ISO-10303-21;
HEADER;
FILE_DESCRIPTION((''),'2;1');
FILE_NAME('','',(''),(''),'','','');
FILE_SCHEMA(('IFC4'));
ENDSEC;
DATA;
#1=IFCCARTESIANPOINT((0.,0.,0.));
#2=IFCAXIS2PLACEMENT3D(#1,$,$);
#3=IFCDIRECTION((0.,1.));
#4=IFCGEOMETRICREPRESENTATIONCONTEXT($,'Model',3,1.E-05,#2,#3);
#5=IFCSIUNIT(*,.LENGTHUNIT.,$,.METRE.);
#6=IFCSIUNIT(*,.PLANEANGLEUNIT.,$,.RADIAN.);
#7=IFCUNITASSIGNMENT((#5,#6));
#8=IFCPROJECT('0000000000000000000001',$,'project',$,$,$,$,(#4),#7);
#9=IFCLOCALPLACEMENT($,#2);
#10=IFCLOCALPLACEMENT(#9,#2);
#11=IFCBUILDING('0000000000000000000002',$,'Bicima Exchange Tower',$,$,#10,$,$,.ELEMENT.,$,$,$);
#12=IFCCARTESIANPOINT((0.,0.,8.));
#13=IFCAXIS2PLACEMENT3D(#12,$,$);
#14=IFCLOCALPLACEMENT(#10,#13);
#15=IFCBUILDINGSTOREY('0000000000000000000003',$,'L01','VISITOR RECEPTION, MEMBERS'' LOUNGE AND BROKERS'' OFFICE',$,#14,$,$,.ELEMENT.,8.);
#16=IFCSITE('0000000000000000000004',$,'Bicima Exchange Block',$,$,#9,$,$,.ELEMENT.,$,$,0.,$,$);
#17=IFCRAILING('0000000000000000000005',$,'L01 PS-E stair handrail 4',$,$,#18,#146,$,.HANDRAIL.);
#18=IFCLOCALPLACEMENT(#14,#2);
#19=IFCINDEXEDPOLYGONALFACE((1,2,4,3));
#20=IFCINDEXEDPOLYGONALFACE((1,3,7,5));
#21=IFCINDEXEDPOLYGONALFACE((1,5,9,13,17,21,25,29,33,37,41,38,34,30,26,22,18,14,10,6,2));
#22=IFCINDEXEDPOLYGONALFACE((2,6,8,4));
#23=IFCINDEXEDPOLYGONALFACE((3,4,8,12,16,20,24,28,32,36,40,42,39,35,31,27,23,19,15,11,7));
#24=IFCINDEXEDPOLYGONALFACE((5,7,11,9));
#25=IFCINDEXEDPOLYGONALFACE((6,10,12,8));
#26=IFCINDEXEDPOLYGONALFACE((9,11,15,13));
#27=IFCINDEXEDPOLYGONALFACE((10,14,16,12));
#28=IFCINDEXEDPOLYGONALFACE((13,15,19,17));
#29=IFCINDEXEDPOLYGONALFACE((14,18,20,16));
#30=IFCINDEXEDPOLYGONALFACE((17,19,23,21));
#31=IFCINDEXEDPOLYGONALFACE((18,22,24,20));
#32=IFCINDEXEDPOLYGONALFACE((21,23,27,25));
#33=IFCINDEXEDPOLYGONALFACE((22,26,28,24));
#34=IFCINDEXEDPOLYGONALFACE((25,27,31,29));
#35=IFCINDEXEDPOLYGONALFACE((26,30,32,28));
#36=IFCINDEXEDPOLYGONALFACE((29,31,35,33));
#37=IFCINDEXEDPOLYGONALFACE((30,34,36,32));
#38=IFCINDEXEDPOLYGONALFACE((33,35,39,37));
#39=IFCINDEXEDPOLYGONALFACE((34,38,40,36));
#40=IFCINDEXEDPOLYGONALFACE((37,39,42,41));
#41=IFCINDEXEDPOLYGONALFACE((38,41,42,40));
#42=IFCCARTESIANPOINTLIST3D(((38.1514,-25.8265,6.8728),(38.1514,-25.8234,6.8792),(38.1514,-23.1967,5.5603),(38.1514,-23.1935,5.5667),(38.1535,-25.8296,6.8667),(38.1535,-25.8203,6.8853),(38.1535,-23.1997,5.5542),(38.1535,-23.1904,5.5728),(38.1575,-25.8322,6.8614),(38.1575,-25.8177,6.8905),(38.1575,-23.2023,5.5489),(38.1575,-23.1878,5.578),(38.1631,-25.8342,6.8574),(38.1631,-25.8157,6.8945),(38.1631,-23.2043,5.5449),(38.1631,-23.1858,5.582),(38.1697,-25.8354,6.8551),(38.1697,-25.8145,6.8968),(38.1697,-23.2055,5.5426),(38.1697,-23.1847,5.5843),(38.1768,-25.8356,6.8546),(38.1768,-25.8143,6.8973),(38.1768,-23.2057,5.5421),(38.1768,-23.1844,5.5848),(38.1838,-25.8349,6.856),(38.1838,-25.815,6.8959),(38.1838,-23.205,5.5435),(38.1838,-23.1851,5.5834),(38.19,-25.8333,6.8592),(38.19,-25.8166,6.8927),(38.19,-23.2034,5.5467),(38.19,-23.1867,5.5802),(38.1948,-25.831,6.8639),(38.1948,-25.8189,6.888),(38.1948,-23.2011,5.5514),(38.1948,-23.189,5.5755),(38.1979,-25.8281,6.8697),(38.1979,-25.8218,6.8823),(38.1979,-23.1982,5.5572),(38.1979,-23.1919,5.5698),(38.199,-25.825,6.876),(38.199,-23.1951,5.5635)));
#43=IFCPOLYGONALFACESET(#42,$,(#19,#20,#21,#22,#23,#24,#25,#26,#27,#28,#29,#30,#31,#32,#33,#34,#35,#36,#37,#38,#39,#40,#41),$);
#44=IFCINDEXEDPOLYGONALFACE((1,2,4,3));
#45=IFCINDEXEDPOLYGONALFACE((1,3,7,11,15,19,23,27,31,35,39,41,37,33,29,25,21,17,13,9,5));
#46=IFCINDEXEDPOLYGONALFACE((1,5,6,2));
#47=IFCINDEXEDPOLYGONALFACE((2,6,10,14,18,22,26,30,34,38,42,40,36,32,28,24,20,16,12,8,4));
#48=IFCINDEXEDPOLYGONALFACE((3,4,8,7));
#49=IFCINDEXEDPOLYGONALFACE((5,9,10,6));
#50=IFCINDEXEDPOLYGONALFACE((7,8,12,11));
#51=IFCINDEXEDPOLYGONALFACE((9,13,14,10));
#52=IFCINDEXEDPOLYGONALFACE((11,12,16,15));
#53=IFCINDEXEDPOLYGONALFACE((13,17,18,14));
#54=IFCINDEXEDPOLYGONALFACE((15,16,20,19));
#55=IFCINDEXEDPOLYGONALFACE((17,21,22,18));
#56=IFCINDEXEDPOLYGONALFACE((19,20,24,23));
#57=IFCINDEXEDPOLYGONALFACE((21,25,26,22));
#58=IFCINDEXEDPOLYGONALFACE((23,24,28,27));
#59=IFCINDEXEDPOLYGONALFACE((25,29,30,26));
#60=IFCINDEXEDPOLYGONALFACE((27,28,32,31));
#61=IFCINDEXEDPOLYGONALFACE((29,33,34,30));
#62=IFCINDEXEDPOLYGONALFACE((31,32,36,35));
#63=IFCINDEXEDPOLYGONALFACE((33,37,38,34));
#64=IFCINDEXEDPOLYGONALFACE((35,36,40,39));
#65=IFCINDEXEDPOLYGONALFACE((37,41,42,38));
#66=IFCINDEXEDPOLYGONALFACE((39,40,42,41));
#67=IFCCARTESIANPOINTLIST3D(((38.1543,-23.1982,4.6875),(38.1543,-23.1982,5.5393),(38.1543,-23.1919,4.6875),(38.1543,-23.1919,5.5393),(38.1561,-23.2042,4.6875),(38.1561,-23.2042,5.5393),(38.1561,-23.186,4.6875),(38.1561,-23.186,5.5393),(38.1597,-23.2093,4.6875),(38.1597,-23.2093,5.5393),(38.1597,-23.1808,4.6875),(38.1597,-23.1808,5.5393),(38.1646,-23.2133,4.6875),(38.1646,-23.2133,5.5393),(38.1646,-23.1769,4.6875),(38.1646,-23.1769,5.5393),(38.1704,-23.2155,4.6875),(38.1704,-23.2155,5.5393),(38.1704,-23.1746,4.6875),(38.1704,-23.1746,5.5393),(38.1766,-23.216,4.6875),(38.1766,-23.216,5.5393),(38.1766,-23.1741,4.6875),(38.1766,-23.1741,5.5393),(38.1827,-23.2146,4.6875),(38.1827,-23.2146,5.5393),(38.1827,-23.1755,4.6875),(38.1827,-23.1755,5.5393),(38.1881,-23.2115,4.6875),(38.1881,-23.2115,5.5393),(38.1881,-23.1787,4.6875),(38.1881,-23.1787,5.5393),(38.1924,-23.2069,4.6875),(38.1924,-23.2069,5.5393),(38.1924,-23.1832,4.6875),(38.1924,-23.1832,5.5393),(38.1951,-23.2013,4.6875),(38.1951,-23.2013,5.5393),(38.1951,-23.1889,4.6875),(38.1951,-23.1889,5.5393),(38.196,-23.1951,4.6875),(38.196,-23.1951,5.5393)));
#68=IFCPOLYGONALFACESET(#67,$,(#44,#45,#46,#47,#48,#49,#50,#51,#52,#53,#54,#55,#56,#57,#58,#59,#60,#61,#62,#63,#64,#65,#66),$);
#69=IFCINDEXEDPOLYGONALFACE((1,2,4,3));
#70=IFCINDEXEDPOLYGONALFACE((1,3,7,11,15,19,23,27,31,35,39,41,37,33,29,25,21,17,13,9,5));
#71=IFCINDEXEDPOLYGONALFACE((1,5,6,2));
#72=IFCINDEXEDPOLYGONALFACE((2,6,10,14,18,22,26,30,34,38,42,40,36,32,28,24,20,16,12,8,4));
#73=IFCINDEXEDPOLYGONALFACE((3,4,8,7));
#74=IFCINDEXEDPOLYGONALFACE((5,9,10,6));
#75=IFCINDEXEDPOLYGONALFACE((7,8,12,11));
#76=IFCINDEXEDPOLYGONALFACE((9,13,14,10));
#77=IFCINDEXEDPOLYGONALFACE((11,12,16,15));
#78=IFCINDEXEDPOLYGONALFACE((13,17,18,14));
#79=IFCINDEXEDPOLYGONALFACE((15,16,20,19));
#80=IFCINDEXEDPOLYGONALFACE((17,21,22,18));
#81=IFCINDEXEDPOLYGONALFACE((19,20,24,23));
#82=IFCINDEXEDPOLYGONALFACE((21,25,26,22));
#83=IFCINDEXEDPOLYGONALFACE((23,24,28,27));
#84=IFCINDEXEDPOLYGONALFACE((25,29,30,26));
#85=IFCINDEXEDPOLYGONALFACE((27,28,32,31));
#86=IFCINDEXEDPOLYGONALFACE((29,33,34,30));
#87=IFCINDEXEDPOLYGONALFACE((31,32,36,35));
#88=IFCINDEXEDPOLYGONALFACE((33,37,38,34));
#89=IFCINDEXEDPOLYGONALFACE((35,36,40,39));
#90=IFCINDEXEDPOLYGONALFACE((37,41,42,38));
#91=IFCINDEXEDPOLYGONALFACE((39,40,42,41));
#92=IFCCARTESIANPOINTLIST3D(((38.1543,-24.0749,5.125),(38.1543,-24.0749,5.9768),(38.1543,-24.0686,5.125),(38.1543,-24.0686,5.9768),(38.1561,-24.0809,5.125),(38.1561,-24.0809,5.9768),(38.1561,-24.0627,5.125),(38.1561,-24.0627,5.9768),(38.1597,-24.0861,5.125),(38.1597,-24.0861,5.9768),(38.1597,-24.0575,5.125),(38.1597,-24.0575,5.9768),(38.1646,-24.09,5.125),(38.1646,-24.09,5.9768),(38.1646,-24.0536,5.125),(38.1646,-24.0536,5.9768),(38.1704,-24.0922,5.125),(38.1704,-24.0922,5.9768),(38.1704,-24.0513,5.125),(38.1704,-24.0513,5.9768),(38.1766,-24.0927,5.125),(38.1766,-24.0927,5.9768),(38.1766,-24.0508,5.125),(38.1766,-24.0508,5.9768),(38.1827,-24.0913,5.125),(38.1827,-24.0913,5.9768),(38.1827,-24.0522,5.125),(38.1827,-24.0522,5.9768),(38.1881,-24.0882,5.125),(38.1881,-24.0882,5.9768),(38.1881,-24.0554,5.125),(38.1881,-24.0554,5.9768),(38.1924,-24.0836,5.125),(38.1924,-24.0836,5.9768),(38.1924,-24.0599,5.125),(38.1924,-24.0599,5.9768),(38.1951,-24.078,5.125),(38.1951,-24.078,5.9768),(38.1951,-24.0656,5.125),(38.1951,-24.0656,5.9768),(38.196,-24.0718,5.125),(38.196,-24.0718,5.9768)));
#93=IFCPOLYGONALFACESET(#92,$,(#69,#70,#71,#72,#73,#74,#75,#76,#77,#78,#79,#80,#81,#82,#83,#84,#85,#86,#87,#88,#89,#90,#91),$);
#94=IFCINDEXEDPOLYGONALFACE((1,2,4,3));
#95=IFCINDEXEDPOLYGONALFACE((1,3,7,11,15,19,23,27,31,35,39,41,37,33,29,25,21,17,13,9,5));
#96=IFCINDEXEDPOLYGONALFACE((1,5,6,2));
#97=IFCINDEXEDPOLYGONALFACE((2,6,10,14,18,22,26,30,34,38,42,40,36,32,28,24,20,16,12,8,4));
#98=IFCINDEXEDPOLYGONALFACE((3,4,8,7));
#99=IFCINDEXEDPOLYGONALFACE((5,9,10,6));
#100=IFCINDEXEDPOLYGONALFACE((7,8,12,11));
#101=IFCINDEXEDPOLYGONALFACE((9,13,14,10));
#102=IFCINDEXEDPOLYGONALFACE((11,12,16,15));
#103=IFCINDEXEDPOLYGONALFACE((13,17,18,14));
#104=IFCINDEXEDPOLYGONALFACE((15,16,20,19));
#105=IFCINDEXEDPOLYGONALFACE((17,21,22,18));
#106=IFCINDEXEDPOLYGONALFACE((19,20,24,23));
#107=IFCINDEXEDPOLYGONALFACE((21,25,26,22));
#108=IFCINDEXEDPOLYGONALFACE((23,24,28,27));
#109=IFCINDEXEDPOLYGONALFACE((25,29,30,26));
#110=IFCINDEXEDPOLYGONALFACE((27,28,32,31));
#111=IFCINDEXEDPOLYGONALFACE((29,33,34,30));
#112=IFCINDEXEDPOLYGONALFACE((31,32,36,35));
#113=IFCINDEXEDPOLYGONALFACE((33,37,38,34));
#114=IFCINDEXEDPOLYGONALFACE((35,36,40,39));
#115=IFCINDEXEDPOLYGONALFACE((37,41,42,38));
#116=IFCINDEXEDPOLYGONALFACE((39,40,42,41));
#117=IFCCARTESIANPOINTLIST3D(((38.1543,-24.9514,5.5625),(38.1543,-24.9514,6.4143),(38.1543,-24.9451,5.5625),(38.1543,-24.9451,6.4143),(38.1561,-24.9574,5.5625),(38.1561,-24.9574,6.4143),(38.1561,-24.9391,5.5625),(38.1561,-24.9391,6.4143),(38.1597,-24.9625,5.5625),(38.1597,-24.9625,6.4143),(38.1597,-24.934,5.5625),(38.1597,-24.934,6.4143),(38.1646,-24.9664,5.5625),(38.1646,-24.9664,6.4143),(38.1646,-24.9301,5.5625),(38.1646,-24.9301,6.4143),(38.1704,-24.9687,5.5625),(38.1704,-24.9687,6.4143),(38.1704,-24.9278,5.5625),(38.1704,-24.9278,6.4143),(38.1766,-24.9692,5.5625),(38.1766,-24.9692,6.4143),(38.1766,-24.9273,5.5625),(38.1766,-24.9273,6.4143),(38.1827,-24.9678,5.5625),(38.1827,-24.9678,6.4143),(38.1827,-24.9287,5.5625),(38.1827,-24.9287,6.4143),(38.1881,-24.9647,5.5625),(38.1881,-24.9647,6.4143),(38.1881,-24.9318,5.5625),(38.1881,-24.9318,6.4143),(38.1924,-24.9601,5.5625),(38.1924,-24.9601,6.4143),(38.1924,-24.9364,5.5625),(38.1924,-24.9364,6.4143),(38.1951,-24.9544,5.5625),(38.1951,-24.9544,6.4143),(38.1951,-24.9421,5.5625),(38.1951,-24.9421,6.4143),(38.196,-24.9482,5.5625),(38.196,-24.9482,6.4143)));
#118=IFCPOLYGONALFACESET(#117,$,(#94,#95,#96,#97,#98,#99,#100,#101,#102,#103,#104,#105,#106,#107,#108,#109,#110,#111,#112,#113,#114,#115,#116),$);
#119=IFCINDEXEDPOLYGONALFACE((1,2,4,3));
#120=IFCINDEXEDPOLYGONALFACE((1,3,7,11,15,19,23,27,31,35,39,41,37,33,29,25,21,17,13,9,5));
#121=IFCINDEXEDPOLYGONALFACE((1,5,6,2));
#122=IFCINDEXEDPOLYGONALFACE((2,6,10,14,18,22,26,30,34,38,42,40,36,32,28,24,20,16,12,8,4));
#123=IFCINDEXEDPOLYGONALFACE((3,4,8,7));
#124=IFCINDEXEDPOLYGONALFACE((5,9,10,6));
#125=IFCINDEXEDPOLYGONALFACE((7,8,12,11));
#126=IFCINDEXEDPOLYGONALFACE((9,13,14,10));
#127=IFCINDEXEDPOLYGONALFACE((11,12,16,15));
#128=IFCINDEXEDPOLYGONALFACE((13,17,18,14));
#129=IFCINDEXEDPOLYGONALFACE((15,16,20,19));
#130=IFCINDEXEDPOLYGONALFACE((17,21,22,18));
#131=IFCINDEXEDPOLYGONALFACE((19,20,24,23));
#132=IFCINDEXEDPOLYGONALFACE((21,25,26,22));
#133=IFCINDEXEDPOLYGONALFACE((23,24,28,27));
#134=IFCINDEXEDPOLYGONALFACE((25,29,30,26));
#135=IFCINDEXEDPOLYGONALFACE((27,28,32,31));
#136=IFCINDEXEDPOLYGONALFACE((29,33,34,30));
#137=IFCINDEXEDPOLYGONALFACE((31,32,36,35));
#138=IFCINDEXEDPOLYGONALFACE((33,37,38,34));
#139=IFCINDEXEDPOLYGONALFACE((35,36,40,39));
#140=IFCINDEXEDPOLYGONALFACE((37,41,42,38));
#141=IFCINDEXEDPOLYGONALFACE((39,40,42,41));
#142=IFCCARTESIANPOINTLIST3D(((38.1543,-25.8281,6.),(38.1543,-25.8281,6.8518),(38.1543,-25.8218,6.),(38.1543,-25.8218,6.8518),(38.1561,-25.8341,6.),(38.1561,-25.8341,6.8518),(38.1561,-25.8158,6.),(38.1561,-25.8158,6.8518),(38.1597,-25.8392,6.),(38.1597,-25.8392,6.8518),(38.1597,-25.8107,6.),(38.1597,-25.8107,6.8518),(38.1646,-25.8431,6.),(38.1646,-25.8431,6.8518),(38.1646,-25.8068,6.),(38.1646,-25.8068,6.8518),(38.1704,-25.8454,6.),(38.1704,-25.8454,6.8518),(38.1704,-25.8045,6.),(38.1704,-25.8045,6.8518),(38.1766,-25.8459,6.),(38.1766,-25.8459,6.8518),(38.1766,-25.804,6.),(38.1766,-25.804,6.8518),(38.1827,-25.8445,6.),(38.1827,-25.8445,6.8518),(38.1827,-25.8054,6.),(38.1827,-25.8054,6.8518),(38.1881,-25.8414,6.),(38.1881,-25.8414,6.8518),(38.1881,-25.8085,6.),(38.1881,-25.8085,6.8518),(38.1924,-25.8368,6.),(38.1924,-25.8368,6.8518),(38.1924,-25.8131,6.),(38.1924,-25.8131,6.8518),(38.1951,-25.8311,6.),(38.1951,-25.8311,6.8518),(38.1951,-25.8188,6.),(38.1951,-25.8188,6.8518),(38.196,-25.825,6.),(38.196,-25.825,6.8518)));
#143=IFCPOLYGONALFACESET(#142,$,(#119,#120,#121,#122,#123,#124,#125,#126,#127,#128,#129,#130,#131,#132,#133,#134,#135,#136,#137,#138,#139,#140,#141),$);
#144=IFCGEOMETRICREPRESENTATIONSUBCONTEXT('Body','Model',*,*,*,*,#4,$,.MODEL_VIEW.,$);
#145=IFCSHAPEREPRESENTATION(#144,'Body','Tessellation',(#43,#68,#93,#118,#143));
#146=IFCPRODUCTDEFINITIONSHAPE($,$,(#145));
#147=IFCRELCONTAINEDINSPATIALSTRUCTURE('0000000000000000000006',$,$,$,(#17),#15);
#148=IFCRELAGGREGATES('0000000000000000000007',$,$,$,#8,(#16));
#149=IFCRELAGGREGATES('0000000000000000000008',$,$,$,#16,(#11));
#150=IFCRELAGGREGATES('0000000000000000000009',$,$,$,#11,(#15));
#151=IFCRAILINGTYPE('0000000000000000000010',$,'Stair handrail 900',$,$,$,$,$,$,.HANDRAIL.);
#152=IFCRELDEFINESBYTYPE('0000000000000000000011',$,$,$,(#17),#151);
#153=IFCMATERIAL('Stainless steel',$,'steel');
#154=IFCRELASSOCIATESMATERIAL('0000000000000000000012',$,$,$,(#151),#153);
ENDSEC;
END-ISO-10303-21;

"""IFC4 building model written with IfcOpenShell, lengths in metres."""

from ifc_helpers import new_model, si_unit, direction, frame, origin, origin_2d, place, context, subcontext, project, spatial, circle, extrude, material, type_object, element, save


model = new_model("IFC4")

# Units and contexts
model_context = context("Model", 3, precision=1e-05, world=origin(), true_north=direction((0.0, 1.0)))
body_context = subcontext(model_context, "Body", "Model", "MODEL_VIEW")
ifc_project = project(units=[si_unit("LENGTHUNIT", "METRE"), si_unit("PLANEANGLEUNIT", "RADIAN")], contexts=[model_context])

# Site, building, storey
site_placement = place(None, origin())
site = spatial("IfcSite", under=ifc_project, at=site_placement, Name="Bicima Exchange Block", CompositionType="ELEMENT", RefElevation=0.0)
building_placement = place(site_placement, origin())
building = spatial("IfcBuilding", under=site, at=building_placement, Name="Bicima Exchange Tower", CompositionType="ELEMENT")
storey_placement = place(building_placement, frame((0.0, 0.0, 8.0)))
storey = spatial("IfcBuildingStorey", under=building, at=storey_placement, Name="L01", Description="VISITOR RECEPTION, MEMBERS' LOUNGE AND BROKERS' OFFICE", CompositionType="ELEMENT", Elevation=8.0)

# Railing
ifc_material_1 = material(Name="Stainless steel", Category="steel")
railing_type_1 = type_object("IfcRailingType", Name="Stair handrail 900", PredefinedType="HANDRAIL", material=ifc_material_1)
railing_1_placement = place(storey_placement, frame((38.175, -23.1951, 4.6875)))
element("IfcRailing", 1, at=railing_1_placement, inside=storey, type_object=railing_type_1, Name="L01 PS-E stair handrail 4", PredefinedType="HANDRAIL", context=body_context, shape_type="SweptSolid", body=[
    extrude(circle(Radius=0.0239, at=origin_2d()), frame((0.0, 0.0, 0.876), z_axis=(0.0, -0.894759, 0.446549), x_axis=(1.0, 0.0, 0.0)), (0.0, 0.0, 1.0), 2.9392),
    extrude(circle(Radius=0.021, at=origin_2d()), origin(), (0.0, 0.0, 1.0), 0.8518),
    extrude(circle(Radius=0.021, at=origin_2d()), frame((0.0, -0.8767, 0.4375)), (0.0, 0.0, 1.0), 0.8518),
    extrude(circle(Radius=0.021, at=origin_2d()), frame((0.0, -1.7532, 0.875)), (0.0, 0.0, 1.0), 0.8518),
    extrude(circle(Radius=0.021, at=origin_2d()), frame((0.0, -2.6299, 1.3125)), (0.0, 0.0, 1.0), 0.8518),
])

save(model, "model.ifc")
